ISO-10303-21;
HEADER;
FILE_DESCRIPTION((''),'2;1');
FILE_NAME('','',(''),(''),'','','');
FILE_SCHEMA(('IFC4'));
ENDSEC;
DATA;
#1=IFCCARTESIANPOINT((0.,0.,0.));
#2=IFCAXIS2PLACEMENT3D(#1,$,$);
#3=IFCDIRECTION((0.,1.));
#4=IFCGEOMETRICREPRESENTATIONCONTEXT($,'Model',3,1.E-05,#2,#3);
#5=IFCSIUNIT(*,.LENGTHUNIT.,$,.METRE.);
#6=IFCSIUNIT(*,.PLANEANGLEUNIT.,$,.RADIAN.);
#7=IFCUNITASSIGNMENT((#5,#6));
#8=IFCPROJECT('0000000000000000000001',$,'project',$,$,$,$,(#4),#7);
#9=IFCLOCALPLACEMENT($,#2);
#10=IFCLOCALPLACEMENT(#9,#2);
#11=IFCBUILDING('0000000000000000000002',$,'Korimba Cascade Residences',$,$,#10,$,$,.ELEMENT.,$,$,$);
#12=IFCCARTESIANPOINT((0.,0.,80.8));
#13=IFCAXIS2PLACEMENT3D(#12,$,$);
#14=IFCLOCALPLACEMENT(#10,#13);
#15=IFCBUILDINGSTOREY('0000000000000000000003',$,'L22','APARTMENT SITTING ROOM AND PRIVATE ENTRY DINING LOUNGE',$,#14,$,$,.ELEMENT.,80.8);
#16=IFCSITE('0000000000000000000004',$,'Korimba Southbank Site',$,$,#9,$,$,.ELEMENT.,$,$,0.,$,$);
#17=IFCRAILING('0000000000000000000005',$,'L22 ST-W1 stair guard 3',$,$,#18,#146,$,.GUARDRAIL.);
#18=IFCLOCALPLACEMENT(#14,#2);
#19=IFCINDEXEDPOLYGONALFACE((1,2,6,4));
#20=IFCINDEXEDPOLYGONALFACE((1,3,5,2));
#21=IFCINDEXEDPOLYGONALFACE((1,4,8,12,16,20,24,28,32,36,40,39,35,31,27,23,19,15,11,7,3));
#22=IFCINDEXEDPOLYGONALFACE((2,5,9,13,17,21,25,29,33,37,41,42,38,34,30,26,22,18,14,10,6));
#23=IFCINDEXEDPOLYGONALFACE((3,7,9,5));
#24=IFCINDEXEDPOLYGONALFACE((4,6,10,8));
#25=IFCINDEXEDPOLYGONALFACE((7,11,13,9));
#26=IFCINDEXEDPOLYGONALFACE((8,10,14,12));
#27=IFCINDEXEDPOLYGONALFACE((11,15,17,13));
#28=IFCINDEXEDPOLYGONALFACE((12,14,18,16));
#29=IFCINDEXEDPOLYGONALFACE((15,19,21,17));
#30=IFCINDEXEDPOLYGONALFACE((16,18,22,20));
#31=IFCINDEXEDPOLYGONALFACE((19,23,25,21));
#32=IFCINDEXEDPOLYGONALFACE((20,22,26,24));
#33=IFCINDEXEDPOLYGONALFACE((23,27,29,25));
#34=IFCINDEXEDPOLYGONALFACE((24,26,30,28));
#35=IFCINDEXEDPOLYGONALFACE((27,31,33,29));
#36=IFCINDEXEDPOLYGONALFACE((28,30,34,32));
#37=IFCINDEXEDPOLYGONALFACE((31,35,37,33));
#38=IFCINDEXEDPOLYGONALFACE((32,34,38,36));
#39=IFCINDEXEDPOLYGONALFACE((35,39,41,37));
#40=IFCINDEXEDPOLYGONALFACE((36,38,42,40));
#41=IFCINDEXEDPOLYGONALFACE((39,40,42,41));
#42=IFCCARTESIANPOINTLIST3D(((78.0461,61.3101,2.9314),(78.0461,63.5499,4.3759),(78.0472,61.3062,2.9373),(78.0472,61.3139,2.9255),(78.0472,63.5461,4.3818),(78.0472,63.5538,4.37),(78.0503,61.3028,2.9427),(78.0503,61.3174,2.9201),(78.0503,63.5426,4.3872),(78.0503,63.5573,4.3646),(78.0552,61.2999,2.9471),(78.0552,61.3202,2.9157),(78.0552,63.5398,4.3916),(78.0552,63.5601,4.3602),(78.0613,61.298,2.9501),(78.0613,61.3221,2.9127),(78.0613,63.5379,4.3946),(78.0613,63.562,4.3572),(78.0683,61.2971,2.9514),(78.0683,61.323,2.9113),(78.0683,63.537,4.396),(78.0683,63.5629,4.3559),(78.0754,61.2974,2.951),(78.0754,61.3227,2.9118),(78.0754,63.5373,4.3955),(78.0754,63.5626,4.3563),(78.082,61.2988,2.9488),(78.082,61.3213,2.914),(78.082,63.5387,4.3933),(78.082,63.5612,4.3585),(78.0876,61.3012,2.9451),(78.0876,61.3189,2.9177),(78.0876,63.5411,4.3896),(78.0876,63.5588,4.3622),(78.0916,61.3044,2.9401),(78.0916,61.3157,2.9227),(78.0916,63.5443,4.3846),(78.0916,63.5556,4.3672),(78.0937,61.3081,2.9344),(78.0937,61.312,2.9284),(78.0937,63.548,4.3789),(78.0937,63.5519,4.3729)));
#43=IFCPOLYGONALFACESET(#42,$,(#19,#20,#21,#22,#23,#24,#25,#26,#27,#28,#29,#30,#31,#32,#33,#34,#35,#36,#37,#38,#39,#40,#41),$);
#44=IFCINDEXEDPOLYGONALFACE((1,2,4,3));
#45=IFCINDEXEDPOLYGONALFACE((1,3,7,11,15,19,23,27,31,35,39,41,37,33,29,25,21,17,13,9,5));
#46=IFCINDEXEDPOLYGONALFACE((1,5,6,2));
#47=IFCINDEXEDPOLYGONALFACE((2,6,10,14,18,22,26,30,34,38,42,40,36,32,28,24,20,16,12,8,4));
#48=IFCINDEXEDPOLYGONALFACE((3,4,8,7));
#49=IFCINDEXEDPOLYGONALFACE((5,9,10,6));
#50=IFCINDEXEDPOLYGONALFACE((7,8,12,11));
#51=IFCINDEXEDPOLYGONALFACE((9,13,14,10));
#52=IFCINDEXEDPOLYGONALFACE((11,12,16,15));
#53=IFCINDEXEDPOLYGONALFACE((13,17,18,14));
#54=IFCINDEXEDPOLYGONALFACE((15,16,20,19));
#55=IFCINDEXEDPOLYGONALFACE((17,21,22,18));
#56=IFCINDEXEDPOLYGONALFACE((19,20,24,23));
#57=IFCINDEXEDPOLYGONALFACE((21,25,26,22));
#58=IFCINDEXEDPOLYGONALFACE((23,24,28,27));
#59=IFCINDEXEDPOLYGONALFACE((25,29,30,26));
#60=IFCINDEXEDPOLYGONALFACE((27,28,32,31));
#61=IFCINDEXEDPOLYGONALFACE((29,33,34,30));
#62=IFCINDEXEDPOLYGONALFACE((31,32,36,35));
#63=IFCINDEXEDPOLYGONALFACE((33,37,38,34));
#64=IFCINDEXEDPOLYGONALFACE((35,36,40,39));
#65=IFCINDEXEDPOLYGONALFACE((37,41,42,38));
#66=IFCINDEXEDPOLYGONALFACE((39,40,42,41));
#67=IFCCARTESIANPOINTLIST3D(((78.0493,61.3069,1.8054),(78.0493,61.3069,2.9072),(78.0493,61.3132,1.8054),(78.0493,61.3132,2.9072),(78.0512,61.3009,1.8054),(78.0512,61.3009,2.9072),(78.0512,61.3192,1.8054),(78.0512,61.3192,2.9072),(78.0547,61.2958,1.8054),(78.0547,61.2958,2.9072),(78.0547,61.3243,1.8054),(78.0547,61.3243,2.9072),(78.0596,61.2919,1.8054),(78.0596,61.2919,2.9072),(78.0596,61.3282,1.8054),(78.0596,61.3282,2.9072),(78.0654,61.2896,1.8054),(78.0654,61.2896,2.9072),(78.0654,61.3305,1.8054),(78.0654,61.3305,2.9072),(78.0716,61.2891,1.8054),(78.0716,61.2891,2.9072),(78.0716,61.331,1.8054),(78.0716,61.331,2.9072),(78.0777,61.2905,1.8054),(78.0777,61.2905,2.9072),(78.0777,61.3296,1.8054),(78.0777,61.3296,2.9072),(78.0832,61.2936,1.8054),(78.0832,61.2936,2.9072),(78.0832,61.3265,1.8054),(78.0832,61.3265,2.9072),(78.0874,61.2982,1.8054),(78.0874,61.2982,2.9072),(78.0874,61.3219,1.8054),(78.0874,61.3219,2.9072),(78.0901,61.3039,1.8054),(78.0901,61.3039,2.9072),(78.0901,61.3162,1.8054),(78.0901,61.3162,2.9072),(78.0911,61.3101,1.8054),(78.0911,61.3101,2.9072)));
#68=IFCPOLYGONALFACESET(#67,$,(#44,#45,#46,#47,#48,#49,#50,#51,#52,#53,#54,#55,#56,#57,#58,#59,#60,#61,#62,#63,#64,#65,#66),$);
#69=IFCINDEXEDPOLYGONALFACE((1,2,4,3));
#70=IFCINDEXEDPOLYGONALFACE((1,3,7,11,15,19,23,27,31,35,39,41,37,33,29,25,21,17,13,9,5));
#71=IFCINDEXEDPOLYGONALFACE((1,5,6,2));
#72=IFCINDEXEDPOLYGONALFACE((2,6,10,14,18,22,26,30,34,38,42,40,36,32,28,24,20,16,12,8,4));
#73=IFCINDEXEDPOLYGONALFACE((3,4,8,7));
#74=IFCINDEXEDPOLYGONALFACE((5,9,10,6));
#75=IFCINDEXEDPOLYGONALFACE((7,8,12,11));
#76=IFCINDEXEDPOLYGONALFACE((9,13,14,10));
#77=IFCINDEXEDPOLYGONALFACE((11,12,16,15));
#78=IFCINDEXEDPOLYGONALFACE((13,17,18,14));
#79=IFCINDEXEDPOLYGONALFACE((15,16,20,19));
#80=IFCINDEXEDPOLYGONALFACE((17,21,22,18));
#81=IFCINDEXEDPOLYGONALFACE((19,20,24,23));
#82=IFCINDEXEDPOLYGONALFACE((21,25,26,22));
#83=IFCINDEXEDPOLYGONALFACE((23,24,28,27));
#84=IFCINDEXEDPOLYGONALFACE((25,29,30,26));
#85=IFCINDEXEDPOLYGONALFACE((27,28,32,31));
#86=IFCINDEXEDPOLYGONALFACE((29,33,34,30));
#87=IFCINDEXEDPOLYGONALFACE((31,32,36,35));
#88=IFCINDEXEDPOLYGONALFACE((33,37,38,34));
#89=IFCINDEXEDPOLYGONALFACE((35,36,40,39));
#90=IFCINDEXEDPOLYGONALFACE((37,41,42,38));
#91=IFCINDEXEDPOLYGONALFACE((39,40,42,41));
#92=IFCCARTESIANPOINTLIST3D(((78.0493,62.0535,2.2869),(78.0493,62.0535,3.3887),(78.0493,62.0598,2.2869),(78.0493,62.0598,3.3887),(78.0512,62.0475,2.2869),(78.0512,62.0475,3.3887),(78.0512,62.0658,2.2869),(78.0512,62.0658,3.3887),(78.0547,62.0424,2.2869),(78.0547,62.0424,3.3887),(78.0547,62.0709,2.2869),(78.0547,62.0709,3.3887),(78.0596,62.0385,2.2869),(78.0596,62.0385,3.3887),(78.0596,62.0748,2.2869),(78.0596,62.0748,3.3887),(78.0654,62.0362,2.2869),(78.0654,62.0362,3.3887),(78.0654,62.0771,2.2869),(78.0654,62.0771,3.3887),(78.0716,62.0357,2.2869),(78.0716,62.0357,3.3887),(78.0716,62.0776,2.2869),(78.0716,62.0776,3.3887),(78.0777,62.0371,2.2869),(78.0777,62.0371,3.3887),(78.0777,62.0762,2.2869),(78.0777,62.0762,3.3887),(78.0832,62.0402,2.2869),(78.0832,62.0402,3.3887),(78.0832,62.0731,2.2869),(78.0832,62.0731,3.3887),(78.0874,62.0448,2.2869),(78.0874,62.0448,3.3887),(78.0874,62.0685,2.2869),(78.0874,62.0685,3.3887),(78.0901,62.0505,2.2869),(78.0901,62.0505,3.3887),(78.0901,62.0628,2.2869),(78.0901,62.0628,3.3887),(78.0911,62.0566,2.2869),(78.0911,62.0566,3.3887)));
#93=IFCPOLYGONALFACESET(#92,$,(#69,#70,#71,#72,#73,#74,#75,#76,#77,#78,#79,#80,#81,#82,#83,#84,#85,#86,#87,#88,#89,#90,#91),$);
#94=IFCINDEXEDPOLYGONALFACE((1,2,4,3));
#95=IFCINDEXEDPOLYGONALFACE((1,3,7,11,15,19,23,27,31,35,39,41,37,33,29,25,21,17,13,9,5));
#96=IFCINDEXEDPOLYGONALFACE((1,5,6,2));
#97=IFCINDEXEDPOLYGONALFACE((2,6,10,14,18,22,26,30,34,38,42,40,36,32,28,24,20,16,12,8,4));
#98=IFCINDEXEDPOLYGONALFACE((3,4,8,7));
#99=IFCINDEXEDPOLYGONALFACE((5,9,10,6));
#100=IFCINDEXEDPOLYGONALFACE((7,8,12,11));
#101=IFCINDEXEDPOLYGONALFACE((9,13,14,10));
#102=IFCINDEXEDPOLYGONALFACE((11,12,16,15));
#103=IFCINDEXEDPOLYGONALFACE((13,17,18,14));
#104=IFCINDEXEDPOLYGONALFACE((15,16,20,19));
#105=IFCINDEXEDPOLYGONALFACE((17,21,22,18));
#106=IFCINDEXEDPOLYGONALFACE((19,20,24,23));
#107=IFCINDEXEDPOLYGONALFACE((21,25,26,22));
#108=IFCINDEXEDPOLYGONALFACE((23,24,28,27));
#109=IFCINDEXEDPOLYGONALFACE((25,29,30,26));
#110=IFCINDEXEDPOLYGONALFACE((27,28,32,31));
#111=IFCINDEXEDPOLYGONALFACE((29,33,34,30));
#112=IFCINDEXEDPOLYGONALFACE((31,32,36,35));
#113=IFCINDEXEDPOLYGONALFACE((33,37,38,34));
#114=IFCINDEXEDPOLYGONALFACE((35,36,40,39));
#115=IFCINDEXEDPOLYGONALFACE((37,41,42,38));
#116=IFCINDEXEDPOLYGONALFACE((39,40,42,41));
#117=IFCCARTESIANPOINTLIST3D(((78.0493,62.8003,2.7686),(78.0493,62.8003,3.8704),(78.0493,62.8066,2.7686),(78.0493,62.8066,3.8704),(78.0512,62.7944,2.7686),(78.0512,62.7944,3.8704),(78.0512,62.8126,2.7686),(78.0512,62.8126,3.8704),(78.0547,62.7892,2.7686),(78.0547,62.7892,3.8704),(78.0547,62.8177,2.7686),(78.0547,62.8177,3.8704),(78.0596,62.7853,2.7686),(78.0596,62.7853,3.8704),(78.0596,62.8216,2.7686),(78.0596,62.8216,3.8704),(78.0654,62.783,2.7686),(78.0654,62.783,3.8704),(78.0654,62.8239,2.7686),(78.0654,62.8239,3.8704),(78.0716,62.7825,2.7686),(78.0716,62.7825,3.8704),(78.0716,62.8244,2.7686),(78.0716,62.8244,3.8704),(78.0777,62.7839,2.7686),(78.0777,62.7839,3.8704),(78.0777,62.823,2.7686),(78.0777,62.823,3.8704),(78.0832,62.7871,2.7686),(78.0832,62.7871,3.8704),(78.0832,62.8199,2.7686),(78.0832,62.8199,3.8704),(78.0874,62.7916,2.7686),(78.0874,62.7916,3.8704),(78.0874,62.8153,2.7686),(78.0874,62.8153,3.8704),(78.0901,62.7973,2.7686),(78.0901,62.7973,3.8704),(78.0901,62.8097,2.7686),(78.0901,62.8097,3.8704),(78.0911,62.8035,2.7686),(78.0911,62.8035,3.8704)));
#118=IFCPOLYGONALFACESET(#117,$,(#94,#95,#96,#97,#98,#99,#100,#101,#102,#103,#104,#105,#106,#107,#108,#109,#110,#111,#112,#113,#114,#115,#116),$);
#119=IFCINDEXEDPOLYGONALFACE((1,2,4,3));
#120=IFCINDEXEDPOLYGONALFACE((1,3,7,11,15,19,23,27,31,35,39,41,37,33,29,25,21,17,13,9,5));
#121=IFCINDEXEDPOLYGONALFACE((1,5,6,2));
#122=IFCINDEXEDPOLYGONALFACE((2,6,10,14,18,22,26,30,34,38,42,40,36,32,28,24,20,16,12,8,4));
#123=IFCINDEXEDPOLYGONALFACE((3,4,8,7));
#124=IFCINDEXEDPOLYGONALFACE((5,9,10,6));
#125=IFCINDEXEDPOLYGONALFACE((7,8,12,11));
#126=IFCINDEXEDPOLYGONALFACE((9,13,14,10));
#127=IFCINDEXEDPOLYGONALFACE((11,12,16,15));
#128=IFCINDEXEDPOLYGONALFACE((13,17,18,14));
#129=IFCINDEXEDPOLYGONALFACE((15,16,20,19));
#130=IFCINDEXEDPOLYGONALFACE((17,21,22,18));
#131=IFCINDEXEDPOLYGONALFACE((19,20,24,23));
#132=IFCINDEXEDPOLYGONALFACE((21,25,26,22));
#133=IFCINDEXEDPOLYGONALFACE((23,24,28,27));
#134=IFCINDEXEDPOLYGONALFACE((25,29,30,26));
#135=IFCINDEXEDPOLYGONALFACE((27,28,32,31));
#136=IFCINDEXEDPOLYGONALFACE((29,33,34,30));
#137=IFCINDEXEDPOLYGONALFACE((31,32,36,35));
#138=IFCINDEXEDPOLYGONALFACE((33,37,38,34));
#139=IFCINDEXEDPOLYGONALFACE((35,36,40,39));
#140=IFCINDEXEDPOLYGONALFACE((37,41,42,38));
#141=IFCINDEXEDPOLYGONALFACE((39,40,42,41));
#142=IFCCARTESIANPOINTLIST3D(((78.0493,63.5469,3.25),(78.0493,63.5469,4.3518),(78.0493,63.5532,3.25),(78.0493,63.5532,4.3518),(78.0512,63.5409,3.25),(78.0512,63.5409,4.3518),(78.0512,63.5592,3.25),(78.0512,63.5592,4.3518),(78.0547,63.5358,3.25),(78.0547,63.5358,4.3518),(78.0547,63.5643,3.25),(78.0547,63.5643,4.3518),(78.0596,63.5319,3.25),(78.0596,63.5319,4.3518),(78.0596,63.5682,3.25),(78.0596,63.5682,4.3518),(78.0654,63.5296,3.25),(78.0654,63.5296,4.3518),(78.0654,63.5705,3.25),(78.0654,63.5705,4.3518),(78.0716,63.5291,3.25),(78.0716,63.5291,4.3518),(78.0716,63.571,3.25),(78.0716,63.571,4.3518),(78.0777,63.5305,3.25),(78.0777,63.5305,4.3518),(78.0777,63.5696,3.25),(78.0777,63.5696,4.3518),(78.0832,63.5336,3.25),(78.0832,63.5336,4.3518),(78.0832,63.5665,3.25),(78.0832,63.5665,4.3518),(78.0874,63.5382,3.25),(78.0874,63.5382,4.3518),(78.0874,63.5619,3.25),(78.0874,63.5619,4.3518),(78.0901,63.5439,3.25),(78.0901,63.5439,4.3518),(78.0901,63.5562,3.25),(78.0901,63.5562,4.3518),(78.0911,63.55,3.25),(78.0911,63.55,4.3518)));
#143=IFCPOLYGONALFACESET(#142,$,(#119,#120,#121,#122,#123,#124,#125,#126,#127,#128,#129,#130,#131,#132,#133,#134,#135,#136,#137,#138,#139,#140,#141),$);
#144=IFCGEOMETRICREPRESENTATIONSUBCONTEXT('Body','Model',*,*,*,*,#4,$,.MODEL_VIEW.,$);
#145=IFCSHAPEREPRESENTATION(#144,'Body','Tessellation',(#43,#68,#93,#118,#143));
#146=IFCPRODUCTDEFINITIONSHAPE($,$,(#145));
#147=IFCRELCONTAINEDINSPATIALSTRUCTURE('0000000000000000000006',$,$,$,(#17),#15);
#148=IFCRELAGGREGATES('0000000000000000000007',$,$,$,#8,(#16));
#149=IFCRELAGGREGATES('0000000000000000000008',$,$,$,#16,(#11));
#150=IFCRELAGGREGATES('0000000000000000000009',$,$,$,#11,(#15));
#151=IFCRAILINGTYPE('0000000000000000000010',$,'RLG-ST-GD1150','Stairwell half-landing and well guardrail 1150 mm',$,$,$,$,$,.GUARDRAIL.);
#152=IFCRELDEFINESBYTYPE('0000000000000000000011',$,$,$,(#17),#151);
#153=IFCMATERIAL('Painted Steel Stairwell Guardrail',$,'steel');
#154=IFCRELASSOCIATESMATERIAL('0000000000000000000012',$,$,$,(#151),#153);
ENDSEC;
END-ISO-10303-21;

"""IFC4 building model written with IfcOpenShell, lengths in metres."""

from ifc_helpers import new_model, si_unit, direction, frame, origin, origin_2d, place, context, subcontext, project, spatial, circle, extrude, material, type_object, element, save


model = new_model("IFC4")

# Units and contexts
model_context = context("Model", 3, precision=1e-05, world=origin(), true_north=direction((0.0, 1.0)))
body_context = subcontext(model_context, "Body", "Model", "MODEL_VIEW")
ifc_project = project(units=[si_unit("LENGTHUNIT", "METRE"), si_unit("PLANEANGLEUNIT", "RADIAN")], contexts=[model_context])

# Site, building, storey
site_placement = place(None, origin())
site = spatial("IfcSite", under=ifc_project, at=site_placement, Name="Korimba Southbank Site", CompositionType="ELEMENT", RefElevation=0.0)
building_placement = place(site_placement, origin())
building = spatial("IfcBuilding", under=site, at=building_placement, Name="Korimba Cascade Residences", CompositionType="ELEMENT")
storey_placement = place(building_placement, frame((0.0, 0.0, 80.8)))
storey = spatial("IfcBuildingStorey", under=building, at=storey_placement, Name="L22", Description="APARTMENT SITTING ROOM AND PRIVATE ENTRY DINING LOUNGE", CompositionType="ELEMENT", Elevation=80.8)

# Railing
ifc_material_1 = material(Name="Painted Steel Stairwell Guardrail", Category="steel")
railing_type_1 = type_object("IfcRailingType", Name="RLG-ST-GD1150", Description="Stairwell half-landing and well guardrail 1150 mm", PredefinedType="GUARDRAIL", material=ifc_material_1)
railing_1_placement = place(storey_placement, frame((78.0701, 61.3101, 1.8054)))
element("IfcRailing", 1, at=railing_1_placement, inside=storey, type_object=railing_type_1, Name="L22 ST-W1 stair guard 3", PredefinedType="GUARDRAIL", context=body_context, shape_type="SweptSolid", body=[
    extrude(circle(Radius=0.0239, at=origin_2d()), frame((0.0, 0.0, 1.126), z_axis=(0.0, 0.840395, 0.541975), x_axis=(-1.0, 0.0, 0.0)), (0.0, 0.0, 1.0), 2.6653),
    extrude(circle(Radius=0.021, at=origin_2d()), origin(), (0.0, 0.0, 1.0), 1.1018),
    extrude(circle(Radius=0.021, at=origin_2d()), frame((0.0, 0.7466, 0.4814)), (0.0, 0.0, 1.0), 1.1018),
    extrude(circle(Radius=0.021, at=origin_2d()), frame((0.0, 1.4934, 0.9631)), (0.0, 0.0, 1.0), 1.1018),
    extrude(circle(Radius=0.021, at=origin_2d()), frame((0.0, 2.24, 1.4446)), (0.0, 0.0, 1.0), 1.1018),
])

save(model, "model.ifc")
